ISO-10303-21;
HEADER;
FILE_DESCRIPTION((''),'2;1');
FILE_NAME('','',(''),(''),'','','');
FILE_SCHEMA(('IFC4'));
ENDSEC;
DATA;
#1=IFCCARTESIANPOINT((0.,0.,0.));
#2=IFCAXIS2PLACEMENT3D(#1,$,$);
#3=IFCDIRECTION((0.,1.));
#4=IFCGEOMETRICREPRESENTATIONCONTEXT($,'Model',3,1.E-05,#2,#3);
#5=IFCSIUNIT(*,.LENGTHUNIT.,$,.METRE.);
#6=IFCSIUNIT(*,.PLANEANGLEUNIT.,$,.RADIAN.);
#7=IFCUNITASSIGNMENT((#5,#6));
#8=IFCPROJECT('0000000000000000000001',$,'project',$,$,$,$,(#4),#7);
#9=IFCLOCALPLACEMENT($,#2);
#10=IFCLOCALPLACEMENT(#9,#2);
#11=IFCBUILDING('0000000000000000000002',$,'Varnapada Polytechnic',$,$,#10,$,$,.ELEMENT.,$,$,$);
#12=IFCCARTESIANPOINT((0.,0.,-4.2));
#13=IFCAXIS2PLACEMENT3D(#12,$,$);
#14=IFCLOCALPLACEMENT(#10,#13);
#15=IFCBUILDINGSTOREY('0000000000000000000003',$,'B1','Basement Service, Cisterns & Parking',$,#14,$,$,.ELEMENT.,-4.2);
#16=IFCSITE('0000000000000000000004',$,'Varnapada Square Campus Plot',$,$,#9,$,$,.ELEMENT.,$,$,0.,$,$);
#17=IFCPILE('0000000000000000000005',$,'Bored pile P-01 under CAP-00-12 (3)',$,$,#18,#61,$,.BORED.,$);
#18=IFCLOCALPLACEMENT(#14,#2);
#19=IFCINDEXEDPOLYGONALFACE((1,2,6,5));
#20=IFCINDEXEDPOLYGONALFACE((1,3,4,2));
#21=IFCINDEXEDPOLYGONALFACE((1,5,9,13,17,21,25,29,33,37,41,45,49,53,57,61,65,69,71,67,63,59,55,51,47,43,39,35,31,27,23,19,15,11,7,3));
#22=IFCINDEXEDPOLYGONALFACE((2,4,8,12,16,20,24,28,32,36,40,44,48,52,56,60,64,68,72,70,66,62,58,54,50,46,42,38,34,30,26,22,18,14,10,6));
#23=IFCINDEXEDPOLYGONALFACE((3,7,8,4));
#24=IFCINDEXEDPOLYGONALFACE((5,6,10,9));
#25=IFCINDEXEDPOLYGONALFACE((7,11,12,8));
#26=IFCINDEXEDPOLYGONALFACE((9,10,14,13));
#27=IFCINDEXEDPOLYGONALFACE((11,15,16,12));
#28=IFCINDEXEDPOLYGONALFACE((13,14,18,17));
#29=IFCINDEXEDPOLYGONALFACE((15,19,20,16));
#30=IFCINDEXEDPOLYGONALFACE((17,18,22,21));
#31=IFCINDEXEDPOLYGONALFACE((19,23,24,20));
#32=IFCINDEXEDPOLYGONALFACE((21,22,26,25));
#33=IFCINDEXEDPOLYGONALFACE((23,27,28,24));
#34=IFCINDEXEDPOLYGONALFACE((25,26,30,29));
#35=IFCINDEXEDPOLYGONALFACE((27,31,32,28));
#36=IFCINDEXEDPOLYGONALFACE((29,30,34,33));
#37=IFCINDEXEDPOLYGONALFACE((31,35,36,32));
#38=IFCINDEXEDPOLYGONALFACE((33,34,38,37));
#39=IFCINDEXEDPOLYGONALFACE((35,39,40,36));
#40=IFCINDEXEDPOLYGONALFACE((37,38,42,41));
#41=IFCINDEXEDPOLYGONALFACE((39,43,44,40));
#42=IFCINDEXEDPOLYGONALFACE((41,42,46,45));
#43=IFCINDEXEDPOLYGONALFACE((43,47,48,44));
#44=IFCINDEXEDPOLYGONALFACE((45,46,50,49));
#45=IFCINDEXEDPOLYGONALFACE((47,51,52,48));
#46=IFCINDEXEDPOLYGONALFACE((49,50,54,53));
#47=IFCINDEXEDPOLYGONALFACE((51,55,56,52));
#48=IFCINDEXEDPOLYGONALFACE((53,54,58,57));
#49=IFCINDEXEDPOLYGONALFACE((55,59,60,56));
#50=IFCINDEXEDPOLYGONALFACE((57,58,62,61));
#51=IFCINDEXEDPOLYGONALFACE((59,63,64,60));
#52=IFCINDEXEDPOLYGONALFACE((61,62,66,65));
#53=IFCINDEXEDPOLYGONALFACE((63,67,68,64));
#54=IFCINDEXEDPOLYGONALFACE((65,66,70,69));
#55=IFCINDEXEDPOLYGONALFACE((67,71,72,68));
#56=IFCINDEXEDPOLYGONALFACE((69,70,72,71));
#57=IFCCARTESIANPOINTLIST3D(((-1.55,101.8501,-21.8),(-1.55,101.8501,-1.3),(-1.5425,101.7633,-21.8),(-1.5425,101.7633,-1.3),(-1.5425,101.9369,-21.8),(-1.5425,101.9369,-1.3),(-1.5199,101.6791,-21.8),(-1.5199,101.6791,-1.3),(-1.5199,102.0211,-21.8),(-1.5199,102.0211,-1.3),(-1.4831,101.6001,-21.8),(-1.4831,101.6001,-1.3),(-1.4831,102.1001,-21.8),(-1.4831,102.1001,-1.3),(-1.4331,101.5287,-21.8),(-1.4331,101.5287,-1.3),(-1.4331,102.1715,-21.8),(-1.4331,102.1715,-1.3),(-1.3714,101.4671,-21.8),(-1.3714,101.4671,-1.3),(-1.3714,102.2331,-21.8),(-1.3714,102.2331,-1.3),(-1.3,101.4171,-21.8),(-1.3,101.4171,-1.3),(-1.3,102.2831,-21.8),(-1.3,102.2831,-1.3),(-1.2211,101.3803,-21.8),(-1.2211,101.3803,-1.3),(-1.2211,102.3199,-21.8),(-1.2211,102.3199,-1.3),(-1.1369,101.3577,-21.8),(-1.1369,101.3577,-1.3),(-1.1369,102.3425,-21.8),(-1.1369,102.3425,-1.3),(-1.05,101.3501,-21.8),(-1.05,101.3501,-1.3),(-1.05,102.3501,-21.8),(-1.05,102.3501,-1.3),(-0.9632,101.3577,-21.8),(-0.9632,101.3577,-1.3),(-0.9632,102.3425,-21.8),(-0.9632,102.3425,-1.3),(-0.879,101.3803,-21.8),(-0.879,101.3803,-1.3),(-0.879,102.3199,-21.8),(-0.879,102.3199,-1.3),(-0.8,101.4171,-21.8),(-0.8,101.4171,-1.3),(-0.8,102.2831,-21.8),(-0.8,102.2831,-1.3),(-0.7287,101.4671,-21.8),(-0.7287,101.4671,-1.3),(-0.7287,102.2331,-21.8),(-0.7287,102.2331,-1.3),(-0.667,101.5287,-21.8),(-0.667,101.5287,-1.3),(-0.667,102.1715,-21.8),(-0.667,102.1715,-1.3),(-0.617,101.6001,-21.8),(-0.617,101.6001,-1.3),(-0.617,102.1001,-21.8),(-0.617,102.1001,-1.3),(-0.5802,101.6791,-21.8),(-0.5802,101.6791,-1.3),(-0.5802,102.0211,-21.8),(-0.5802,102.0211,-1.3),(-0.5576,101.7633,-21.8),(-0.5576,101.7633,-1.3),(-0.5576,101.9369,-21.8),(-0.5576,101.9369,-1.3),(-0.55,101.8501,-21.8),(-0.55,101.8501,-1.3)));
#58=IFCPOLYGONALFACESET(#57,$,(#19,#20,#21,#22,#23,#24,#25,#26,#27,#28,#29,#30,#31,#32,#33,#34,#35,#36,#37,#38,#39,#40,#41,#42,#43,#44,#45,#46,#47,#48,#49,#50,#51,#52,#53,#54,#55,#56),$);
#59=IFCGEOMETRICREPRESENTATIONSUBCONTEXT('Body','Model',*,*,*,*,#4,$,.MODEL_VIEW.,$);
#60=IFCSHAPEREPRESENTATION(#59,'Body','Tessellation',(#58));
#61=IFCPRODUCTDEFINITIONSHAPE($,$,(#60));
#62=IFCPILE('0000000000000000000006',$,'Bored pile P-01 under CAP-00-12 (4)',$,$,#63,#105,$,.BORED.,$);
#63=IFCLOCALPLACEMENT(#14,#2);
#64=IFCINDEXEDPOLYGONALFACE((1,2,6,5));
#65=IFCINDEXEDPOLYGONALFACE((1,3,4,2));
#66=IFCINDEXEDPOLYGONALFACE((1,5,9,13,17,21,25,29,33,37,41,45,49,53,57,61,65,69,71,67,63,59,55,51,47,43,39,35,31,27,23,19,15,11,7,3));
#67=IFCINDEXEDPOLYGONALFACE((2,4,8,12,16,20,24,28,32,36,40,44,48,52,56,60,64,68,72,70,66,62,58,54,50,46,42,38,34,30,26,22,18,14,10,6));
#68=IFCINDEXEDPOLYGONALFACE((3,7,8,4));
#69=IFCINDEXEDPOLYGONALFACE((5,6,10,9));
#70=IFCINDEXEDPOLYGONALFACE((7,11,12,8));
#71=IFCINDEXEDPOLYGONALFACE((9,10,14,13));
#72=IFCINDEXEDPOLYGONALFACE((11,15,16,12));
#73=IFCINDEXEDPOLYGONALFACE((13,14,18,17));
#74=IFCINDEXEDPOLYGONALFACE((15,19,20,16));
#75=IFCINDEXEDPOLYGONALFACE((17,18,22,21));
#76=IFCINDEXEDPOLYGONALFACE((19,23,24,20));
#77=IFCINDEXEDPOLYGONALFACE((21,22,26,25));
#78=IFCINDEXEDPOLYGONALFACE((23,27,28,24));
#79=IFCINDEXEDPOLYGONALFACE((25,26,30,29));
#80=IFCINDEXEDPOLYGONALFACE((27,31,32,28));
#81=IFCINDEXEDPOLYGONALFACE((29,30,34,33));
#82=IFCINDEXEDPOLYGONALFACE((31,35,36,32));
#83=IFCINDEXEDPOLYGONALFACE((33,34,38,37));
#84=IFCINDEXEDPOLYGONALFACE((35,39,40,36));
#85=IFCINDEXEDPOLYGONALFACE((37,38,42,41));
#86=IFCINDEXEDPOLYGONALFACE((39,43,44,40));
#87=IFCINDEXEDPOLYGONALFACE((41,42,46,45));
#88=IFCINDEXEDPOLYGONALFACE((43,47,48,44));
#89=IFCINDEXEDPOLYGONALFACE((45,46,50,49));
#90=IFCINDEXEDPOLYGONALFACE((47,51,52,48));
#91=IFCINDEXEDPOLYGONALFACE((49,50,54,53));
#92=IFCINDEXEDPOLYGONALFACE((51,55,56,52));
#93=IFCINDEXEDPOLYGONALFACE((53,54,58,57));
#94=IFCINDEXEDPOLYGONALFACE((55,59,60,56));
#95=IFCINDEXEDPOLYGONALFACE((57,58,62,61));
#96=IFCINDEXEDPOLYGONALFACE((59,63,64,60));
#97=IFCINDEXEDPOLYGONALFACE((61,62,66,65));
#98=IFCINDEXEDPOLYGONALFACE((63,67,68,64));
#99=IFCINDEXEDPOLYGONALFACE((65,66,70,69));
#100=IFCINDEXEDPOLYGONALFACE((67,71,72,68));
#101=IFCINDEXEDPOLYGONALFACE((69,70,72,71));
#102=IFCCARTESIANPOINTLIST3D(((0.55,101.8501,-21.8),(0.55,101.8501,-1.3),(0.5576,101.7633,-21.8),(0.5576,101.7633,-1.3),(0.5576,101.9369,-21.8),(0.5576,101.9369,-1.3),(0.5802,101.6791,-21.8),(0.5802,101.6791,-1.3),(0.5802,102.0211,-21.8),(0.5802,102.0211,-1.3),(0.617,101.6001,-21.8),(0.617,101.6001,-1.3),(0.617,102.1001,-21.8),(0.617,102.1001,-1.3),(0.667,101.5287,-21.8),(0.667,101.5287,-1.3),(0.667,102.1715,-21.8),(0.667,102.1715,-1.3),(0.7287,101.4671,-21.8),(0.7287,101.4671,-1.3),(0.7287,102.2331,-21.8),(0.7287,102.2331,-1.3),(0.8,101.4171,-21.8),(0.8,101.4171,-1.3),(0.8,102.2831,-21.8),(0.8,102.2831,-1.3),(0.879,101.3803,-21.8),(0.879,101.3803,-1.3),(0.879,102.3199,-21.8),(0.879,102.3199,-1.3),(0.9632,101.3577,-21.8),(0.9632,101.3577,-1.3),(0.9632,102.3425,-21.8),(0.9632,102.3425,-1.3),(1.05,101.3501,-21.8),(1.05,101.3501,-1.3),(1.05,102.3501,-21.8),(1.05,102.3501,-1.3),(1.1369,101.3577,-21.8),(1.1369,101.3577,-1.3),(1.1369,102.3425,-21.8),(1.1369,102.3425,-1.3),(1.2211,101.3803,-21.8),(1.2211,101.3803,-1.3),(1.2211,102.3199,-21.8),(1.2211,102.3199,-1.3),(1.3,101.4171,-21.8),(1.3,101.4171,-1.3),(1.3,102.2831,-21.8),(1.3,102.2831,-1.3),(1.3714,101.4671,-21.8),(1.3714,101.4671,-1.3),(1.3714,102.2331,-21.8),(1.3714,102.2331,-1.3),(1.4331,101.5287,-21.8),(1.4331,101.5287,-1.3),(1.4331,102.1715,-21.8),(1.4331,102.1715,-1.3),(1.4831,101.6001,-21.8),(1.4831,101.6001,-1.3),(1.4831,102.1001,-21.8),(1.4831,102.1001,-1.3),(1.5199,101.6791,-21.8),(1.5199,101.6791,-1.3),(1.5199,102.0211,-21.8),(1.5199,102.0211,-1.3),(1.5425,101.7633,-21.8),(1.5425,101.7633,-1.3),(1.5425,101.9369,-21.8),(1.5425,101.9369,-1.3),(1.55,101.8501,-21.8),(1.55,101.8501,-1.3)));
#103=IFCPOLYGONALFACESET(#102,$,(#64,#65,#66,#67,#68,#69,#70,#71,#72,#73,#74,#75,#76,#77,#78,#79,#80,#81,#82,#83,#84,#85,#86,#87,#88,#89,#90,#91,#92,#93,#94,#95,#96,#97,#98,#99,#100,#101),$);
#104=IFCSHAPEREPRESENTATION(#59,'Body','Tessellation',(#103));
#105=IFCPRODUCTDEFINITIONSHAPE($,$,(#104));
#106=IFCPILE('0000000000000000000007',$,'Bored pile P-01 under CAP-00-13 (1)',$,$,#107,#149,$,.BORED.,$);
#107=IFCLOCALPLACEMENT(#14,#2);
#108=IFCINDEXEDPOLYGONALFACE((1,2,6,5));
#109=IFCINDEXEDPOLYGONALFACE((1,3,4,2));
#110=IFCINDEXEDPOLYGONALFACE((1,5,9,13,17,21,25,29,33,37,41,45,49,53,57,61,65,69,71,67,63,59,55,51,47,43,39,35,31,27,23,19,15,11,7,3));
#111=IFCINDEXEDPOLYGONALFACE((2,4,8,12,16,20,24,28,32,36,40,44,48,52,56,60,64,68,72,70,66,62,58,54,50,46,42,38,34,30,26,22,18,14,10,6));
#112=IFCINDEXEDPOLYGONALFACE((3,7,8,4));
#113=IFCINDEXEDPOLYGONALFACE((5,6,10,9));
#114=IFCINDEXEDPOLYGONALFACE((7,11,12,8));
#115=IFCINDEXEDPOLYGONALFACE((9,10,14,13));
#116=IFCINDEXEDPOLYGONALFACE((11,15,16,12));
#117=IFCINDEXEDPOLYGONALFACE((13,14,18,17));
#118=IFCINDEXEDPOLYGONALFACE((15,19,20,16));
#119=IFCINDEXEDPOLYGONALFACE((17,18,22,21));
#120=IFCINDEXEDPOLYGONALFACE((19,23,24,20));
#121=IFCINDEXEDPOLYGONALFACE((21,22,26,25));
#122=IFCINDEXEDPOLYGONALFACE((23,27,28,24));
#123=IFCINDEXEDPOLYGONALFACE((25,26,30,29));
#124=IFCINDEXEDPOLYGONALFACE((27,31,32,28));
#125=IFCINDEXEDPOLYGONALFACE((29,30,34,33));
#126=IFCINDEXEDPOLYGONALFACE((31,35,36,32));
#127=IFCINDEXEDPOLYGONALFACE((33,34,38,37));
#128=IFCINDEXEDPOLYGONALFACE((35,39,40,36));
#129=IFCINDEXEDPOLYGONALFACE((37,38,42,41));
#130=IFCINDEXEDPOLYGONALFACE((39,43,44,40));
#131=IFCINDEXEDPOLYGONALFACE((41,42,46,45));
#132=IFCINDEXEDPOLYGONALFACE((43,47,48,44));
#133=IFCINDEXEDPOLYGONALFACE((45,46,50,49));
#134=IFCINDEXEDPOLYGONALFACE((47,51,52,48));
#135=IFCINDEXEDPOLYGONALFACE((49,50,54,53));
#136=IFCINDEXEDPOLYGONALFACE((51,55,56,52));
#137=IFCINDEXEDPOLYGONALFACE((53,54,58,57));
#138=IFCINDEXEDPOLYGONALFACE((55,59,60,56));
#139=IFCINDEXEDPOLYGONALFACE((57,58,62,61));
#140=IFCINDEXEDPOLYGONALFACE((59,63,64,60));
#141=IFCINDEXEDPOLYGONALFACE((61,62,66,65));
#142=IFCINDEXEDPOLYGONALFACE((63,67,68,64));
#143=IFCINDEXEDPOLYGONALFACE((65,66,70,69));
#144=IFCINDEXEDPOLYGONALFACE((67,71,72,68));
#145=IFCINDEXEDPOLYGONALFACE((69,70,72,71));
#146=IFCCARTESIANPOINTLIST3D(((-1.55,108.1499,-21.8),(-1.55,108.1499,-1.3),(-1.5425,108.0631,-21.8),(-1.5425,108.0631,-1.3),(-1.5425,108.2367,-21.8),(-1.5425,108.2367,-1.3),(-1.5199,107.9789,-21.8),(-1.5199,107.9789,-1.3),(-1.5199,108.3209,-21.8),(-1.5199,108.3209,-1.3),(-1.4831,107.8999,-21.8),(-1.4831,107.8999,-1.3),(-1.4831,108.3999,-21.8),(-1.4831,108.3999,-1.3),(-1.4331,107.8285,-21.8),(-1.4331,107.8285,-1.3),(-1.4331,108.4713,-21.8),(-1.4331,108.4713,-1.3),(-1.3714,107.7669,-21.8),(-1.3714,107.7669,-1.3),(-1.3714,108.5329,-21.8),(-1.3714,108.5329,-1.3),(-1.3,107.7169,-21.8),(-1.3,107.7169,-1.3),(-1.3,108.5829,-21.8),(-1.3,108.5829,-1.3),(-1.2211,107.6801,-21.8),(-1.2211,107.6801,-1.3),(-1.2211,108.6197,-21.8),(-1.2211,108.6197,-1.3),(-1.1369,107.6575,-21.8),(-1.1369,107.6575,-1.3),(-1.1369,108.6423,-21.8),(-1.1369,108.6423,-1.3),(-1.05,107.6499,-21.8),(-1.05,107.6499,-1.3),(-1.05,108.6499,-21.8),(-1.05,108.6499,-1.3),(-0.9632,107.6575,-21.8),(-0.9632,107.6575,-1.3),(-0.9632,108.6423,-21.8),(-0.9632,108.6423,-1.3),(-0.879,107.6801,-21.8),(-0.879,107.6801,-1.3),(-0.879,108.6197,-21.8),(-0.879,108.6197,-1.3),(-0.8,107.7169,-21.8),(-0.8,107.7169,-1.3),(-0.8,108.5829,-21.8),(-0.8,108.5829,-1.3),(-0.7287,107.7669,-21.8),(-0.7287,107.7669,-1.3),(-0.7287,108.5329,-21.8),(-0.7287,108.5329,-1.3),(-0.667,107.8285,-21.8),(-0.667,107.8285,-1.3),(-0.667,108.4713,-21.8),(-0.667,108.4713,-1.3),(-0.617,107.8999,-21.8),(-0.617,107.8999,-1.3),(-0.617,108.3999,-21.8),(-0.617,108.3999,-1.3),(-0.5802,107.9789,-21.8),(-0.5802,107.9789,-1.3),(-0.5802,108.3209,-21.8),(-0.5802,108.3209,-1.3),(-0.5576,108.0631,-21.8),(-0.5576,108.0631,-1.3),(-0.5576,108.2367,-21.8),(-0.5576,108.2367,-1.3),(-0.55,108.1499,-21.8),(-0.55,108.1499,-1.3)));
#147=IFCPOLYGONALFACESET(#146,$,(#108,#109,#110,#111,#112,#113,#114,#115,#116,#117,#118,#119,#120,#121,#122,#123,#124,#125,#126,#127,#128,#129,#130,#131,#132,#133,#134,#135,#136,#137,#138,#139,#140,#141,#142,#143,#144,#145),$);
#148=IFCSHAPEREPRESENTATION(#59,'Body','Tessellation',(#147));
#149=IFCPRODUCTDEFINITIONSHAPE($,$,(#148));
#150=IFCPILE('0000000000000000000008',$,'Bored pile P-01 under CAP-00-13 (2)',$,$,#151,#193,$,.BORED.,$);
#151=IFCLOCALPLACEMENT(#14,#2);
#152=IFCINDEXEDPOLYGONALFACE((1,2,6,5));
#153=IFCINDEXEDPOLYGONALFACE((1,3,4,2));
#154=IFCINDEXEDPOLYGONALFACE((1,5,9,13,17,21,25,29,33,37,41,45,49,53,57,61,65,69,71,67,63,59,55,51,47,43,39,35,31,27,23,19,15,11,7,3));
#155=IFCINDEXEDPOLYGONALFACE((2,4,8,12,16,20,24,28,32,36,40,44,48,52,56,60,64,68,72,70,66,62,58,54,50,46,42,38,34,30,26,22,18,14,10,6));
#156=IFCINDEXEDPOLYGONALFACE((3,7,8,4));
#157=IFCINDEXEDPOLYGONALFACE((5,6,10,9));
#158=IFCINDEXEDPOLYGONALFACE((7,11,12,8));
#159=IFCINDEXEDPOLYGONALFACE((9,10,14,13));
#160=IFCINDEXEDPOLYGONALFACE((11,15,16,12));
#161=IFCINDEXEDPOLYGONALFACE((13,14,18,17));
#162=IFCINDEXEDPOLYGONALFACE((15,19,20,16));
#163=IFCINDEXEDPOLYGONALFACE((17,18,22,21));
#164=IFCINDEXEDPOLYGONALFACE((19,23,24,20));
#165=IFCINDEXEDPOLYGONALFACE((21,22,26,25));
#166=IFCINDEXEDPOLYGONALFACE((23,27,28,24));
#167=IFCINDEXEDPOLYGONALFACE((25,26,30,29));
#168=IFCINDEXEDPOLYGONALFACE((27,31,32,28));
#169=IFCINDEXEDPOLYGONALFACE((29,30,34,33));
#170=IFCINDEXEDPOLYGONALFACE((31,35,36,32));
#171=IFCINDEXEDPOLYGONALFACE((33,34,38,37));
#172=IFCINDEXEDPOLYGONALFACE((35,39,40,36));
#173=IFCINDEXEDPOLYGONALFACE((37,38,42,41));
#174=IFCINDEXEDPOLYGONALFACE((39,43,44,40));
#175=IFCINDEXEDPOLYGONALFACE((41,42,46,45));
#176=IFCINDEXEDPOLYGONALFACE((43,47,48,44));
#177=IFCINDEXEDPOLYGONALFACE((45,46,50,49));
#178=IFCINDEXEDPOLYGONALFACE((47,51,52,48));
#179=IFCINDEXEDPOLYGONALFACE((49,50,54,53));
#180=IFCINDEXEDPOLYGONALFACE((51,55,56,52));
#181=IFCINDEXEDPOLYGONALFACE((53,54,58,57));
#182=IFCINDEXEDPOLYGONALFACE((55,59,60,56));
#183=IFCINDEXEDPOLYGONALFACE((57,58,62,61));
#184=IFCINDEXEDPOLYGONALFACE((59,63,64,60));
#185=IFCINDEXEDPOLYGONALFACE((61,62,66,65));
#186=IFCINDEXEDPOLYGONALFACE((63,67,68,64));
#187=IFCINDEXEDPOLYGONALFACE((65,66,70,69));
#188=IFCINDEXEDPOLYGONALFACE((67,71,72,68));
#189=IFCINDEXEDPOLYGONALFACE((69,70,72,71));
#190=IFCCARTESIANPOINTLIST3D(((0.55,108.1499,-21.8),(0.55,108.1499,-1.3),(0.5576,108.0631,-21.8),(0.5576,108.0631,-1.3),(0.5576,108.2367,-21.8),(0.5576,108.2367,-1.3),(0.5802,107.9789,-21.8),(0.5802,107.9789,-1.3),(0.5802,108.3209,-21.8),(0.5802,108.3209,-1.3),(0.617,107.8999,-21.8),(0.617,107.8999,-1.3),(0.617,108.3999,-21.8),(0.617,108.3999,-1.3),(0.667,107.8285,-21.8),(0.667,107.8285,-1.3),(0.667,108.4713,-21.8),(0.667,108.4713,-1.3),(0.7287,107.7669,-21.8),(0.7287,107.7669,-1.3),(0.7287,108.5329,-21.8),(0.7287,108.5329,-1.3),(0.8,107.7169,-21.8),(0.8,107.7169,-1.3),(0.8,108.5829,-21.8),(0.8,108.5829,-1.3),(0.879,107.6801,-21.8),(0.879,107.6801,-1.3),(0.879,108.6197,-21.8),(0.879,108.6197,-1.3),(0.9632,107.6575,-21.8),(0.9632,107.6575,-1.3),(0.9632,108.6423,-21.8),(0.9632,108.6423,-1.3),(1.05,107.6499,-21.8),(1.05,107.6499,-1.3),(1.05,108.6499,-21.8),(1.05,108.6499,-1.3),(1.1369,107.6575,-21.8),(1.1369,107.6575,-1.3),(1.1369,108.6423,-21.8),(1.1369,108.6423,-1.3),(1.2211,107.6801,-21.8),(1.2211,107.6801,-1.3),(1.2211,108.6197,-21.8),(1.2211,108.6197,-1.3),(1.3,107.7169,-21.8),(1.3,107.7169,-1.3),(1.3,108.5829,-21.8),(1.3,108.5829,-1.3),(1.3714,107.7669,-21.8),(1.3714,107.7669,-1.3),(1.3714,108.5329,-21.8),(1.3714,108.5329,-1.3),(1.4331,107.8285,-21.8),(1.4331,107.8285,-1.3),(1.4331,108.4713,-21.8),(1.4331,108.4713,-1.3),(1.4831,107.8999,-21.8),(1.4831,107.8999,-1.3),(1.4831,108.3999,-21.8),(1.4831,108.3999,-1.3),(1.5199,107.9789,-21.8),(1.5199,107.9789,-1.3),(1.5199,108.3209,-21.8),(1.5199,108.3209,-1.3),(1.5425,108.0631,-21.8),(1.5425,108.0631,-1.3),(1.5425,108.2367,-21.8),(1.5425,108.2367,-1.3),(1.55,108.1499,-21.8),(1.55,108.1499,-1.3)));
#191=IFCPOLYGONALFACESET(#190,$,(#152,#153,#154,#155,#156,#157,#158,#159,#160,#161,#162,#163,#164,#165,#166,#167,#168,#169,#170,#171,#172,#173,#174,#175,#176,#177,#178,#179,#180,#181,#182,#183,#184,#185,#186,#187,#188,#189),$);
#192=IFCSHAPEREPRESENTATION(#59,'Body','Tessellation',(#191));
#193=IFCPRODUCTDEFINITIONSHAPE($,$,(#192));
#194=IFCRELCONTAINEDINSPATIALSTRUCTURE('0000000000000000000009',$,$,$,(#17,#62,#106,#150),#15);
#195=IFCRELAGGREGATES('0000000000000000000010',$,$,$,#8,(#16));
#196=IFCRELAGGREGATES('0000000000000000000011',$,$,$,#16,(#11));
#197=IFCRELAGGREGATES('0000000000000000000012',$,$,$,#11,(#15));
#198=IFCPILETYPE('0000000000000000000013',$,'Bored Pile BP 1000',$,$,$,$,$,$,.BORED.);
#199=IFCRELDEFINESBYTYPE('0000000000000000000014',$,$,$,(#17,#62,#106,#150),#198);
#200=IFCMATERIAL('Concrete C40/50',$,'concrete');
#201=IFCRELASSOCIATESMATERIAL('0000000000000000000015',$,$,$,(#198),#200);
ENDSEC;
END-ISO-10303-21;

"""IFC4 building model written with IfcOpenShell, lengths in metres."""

from ifc_helpers import new_model, si_unit, direction, frame, origin, origin_2d, place, context, subcontext, project, spatial, circle, extrude, material, material_profile, profile_set, type_object, element, save


model = new_model("IFC4")

# Units and contexts
model_context = context("Model", 3, precision=1e-05, world=origin(), true_north=direction((0.0, 1.0)))
body_context = subcontext(model_context, "Body", "Model", "MODEL_VIEW")
ifc_project = project(units=[si_unit("LENGTHUNIT", "METRE"), si_unit("PLANEANGLEUNIT", "RADIAN")], contexts=[model_context])

# Site, building, storey
site_placement = place(None, origin())
site = spatial("IfcSite", under=ifc_project, at=site_placement, Name="Varnapada Square Campus Plot", CompositionType="ELEMENT", RefElevation=0.0)
building_placement = place(site_placement, origin())
building = spatial("IfcBuilding", under=site, at=building_placement, Name="Varnapada Polytechnic", CompositionType="ELEMENT")
storey_placement = place(building_placement, frame((0.0, 0.0, -4.2)))
storey = spatial("IfcBuildingStorey", under=building, at=storey_placement, Name="B1", Description="Basement Service, Cisterns & Parking", CompositionType="ELEMENT", Elevation=-4.2)

# Piles
ifc_material_1 = material(Name="Concrete C40/50", Category="concrete")
ifc_material_profile_1 = material_profile(ifc_material_1, circle(Radius=0.5, at=origin_2d()), Name="BP 1000")
ifc_profile_set_1 = profile_set([ifc_material_profile_1], Name="Concrete C40/50")
pile_type_1 = type_object("IfcPileType", Name="Bored Pile BP 1000", PredefinedType="BORED", material=ifc_profile_set_1)
for number, where, z_axis, x_axis, name in (
    (1, (-1.05, 101.8501, -1.3), (0.0, 0.0, -1.0), (1.0, 0.0, 0.0), "Bored pile P-01 under CAP-00-12 (3)"),
    (2, (1.05, 101.8501, -1.3), (0.0, 0.0, -1.0), (1.0, 0.0, 0.0), "Bored pile P-01 under CAP-00-12 (4)"),
    (3, (-1.05, 108.1499, -1.3), (0.0, 0.0, -1.0), (1.0, 0.0, 0.0), "Bored pile P-01 under CAP-00-13 (1)"),
    (4, (1.05, 108.1499, -1.3), (0.0, 0.0, -1.0), (1.0, 0.0, 0.0), "Bored pile P-01 under CAP-00-13 (2)"),
):
    element("IfcPile", number, at=place(storey_placement, frame(where, z_axis=z_axis, x_axis=x_axis)), inside=storey, type_object=pile_type_1, Name=name, PredefinedType="BORED", context=body_context, shape_type="SweptSolid", body=[
        extrude(circle(Radius=0.5, at=origin_2d()), origin(), (0.0, 0.0, 1.0), 20.5),
    ])

save(model, "model.ifc")
